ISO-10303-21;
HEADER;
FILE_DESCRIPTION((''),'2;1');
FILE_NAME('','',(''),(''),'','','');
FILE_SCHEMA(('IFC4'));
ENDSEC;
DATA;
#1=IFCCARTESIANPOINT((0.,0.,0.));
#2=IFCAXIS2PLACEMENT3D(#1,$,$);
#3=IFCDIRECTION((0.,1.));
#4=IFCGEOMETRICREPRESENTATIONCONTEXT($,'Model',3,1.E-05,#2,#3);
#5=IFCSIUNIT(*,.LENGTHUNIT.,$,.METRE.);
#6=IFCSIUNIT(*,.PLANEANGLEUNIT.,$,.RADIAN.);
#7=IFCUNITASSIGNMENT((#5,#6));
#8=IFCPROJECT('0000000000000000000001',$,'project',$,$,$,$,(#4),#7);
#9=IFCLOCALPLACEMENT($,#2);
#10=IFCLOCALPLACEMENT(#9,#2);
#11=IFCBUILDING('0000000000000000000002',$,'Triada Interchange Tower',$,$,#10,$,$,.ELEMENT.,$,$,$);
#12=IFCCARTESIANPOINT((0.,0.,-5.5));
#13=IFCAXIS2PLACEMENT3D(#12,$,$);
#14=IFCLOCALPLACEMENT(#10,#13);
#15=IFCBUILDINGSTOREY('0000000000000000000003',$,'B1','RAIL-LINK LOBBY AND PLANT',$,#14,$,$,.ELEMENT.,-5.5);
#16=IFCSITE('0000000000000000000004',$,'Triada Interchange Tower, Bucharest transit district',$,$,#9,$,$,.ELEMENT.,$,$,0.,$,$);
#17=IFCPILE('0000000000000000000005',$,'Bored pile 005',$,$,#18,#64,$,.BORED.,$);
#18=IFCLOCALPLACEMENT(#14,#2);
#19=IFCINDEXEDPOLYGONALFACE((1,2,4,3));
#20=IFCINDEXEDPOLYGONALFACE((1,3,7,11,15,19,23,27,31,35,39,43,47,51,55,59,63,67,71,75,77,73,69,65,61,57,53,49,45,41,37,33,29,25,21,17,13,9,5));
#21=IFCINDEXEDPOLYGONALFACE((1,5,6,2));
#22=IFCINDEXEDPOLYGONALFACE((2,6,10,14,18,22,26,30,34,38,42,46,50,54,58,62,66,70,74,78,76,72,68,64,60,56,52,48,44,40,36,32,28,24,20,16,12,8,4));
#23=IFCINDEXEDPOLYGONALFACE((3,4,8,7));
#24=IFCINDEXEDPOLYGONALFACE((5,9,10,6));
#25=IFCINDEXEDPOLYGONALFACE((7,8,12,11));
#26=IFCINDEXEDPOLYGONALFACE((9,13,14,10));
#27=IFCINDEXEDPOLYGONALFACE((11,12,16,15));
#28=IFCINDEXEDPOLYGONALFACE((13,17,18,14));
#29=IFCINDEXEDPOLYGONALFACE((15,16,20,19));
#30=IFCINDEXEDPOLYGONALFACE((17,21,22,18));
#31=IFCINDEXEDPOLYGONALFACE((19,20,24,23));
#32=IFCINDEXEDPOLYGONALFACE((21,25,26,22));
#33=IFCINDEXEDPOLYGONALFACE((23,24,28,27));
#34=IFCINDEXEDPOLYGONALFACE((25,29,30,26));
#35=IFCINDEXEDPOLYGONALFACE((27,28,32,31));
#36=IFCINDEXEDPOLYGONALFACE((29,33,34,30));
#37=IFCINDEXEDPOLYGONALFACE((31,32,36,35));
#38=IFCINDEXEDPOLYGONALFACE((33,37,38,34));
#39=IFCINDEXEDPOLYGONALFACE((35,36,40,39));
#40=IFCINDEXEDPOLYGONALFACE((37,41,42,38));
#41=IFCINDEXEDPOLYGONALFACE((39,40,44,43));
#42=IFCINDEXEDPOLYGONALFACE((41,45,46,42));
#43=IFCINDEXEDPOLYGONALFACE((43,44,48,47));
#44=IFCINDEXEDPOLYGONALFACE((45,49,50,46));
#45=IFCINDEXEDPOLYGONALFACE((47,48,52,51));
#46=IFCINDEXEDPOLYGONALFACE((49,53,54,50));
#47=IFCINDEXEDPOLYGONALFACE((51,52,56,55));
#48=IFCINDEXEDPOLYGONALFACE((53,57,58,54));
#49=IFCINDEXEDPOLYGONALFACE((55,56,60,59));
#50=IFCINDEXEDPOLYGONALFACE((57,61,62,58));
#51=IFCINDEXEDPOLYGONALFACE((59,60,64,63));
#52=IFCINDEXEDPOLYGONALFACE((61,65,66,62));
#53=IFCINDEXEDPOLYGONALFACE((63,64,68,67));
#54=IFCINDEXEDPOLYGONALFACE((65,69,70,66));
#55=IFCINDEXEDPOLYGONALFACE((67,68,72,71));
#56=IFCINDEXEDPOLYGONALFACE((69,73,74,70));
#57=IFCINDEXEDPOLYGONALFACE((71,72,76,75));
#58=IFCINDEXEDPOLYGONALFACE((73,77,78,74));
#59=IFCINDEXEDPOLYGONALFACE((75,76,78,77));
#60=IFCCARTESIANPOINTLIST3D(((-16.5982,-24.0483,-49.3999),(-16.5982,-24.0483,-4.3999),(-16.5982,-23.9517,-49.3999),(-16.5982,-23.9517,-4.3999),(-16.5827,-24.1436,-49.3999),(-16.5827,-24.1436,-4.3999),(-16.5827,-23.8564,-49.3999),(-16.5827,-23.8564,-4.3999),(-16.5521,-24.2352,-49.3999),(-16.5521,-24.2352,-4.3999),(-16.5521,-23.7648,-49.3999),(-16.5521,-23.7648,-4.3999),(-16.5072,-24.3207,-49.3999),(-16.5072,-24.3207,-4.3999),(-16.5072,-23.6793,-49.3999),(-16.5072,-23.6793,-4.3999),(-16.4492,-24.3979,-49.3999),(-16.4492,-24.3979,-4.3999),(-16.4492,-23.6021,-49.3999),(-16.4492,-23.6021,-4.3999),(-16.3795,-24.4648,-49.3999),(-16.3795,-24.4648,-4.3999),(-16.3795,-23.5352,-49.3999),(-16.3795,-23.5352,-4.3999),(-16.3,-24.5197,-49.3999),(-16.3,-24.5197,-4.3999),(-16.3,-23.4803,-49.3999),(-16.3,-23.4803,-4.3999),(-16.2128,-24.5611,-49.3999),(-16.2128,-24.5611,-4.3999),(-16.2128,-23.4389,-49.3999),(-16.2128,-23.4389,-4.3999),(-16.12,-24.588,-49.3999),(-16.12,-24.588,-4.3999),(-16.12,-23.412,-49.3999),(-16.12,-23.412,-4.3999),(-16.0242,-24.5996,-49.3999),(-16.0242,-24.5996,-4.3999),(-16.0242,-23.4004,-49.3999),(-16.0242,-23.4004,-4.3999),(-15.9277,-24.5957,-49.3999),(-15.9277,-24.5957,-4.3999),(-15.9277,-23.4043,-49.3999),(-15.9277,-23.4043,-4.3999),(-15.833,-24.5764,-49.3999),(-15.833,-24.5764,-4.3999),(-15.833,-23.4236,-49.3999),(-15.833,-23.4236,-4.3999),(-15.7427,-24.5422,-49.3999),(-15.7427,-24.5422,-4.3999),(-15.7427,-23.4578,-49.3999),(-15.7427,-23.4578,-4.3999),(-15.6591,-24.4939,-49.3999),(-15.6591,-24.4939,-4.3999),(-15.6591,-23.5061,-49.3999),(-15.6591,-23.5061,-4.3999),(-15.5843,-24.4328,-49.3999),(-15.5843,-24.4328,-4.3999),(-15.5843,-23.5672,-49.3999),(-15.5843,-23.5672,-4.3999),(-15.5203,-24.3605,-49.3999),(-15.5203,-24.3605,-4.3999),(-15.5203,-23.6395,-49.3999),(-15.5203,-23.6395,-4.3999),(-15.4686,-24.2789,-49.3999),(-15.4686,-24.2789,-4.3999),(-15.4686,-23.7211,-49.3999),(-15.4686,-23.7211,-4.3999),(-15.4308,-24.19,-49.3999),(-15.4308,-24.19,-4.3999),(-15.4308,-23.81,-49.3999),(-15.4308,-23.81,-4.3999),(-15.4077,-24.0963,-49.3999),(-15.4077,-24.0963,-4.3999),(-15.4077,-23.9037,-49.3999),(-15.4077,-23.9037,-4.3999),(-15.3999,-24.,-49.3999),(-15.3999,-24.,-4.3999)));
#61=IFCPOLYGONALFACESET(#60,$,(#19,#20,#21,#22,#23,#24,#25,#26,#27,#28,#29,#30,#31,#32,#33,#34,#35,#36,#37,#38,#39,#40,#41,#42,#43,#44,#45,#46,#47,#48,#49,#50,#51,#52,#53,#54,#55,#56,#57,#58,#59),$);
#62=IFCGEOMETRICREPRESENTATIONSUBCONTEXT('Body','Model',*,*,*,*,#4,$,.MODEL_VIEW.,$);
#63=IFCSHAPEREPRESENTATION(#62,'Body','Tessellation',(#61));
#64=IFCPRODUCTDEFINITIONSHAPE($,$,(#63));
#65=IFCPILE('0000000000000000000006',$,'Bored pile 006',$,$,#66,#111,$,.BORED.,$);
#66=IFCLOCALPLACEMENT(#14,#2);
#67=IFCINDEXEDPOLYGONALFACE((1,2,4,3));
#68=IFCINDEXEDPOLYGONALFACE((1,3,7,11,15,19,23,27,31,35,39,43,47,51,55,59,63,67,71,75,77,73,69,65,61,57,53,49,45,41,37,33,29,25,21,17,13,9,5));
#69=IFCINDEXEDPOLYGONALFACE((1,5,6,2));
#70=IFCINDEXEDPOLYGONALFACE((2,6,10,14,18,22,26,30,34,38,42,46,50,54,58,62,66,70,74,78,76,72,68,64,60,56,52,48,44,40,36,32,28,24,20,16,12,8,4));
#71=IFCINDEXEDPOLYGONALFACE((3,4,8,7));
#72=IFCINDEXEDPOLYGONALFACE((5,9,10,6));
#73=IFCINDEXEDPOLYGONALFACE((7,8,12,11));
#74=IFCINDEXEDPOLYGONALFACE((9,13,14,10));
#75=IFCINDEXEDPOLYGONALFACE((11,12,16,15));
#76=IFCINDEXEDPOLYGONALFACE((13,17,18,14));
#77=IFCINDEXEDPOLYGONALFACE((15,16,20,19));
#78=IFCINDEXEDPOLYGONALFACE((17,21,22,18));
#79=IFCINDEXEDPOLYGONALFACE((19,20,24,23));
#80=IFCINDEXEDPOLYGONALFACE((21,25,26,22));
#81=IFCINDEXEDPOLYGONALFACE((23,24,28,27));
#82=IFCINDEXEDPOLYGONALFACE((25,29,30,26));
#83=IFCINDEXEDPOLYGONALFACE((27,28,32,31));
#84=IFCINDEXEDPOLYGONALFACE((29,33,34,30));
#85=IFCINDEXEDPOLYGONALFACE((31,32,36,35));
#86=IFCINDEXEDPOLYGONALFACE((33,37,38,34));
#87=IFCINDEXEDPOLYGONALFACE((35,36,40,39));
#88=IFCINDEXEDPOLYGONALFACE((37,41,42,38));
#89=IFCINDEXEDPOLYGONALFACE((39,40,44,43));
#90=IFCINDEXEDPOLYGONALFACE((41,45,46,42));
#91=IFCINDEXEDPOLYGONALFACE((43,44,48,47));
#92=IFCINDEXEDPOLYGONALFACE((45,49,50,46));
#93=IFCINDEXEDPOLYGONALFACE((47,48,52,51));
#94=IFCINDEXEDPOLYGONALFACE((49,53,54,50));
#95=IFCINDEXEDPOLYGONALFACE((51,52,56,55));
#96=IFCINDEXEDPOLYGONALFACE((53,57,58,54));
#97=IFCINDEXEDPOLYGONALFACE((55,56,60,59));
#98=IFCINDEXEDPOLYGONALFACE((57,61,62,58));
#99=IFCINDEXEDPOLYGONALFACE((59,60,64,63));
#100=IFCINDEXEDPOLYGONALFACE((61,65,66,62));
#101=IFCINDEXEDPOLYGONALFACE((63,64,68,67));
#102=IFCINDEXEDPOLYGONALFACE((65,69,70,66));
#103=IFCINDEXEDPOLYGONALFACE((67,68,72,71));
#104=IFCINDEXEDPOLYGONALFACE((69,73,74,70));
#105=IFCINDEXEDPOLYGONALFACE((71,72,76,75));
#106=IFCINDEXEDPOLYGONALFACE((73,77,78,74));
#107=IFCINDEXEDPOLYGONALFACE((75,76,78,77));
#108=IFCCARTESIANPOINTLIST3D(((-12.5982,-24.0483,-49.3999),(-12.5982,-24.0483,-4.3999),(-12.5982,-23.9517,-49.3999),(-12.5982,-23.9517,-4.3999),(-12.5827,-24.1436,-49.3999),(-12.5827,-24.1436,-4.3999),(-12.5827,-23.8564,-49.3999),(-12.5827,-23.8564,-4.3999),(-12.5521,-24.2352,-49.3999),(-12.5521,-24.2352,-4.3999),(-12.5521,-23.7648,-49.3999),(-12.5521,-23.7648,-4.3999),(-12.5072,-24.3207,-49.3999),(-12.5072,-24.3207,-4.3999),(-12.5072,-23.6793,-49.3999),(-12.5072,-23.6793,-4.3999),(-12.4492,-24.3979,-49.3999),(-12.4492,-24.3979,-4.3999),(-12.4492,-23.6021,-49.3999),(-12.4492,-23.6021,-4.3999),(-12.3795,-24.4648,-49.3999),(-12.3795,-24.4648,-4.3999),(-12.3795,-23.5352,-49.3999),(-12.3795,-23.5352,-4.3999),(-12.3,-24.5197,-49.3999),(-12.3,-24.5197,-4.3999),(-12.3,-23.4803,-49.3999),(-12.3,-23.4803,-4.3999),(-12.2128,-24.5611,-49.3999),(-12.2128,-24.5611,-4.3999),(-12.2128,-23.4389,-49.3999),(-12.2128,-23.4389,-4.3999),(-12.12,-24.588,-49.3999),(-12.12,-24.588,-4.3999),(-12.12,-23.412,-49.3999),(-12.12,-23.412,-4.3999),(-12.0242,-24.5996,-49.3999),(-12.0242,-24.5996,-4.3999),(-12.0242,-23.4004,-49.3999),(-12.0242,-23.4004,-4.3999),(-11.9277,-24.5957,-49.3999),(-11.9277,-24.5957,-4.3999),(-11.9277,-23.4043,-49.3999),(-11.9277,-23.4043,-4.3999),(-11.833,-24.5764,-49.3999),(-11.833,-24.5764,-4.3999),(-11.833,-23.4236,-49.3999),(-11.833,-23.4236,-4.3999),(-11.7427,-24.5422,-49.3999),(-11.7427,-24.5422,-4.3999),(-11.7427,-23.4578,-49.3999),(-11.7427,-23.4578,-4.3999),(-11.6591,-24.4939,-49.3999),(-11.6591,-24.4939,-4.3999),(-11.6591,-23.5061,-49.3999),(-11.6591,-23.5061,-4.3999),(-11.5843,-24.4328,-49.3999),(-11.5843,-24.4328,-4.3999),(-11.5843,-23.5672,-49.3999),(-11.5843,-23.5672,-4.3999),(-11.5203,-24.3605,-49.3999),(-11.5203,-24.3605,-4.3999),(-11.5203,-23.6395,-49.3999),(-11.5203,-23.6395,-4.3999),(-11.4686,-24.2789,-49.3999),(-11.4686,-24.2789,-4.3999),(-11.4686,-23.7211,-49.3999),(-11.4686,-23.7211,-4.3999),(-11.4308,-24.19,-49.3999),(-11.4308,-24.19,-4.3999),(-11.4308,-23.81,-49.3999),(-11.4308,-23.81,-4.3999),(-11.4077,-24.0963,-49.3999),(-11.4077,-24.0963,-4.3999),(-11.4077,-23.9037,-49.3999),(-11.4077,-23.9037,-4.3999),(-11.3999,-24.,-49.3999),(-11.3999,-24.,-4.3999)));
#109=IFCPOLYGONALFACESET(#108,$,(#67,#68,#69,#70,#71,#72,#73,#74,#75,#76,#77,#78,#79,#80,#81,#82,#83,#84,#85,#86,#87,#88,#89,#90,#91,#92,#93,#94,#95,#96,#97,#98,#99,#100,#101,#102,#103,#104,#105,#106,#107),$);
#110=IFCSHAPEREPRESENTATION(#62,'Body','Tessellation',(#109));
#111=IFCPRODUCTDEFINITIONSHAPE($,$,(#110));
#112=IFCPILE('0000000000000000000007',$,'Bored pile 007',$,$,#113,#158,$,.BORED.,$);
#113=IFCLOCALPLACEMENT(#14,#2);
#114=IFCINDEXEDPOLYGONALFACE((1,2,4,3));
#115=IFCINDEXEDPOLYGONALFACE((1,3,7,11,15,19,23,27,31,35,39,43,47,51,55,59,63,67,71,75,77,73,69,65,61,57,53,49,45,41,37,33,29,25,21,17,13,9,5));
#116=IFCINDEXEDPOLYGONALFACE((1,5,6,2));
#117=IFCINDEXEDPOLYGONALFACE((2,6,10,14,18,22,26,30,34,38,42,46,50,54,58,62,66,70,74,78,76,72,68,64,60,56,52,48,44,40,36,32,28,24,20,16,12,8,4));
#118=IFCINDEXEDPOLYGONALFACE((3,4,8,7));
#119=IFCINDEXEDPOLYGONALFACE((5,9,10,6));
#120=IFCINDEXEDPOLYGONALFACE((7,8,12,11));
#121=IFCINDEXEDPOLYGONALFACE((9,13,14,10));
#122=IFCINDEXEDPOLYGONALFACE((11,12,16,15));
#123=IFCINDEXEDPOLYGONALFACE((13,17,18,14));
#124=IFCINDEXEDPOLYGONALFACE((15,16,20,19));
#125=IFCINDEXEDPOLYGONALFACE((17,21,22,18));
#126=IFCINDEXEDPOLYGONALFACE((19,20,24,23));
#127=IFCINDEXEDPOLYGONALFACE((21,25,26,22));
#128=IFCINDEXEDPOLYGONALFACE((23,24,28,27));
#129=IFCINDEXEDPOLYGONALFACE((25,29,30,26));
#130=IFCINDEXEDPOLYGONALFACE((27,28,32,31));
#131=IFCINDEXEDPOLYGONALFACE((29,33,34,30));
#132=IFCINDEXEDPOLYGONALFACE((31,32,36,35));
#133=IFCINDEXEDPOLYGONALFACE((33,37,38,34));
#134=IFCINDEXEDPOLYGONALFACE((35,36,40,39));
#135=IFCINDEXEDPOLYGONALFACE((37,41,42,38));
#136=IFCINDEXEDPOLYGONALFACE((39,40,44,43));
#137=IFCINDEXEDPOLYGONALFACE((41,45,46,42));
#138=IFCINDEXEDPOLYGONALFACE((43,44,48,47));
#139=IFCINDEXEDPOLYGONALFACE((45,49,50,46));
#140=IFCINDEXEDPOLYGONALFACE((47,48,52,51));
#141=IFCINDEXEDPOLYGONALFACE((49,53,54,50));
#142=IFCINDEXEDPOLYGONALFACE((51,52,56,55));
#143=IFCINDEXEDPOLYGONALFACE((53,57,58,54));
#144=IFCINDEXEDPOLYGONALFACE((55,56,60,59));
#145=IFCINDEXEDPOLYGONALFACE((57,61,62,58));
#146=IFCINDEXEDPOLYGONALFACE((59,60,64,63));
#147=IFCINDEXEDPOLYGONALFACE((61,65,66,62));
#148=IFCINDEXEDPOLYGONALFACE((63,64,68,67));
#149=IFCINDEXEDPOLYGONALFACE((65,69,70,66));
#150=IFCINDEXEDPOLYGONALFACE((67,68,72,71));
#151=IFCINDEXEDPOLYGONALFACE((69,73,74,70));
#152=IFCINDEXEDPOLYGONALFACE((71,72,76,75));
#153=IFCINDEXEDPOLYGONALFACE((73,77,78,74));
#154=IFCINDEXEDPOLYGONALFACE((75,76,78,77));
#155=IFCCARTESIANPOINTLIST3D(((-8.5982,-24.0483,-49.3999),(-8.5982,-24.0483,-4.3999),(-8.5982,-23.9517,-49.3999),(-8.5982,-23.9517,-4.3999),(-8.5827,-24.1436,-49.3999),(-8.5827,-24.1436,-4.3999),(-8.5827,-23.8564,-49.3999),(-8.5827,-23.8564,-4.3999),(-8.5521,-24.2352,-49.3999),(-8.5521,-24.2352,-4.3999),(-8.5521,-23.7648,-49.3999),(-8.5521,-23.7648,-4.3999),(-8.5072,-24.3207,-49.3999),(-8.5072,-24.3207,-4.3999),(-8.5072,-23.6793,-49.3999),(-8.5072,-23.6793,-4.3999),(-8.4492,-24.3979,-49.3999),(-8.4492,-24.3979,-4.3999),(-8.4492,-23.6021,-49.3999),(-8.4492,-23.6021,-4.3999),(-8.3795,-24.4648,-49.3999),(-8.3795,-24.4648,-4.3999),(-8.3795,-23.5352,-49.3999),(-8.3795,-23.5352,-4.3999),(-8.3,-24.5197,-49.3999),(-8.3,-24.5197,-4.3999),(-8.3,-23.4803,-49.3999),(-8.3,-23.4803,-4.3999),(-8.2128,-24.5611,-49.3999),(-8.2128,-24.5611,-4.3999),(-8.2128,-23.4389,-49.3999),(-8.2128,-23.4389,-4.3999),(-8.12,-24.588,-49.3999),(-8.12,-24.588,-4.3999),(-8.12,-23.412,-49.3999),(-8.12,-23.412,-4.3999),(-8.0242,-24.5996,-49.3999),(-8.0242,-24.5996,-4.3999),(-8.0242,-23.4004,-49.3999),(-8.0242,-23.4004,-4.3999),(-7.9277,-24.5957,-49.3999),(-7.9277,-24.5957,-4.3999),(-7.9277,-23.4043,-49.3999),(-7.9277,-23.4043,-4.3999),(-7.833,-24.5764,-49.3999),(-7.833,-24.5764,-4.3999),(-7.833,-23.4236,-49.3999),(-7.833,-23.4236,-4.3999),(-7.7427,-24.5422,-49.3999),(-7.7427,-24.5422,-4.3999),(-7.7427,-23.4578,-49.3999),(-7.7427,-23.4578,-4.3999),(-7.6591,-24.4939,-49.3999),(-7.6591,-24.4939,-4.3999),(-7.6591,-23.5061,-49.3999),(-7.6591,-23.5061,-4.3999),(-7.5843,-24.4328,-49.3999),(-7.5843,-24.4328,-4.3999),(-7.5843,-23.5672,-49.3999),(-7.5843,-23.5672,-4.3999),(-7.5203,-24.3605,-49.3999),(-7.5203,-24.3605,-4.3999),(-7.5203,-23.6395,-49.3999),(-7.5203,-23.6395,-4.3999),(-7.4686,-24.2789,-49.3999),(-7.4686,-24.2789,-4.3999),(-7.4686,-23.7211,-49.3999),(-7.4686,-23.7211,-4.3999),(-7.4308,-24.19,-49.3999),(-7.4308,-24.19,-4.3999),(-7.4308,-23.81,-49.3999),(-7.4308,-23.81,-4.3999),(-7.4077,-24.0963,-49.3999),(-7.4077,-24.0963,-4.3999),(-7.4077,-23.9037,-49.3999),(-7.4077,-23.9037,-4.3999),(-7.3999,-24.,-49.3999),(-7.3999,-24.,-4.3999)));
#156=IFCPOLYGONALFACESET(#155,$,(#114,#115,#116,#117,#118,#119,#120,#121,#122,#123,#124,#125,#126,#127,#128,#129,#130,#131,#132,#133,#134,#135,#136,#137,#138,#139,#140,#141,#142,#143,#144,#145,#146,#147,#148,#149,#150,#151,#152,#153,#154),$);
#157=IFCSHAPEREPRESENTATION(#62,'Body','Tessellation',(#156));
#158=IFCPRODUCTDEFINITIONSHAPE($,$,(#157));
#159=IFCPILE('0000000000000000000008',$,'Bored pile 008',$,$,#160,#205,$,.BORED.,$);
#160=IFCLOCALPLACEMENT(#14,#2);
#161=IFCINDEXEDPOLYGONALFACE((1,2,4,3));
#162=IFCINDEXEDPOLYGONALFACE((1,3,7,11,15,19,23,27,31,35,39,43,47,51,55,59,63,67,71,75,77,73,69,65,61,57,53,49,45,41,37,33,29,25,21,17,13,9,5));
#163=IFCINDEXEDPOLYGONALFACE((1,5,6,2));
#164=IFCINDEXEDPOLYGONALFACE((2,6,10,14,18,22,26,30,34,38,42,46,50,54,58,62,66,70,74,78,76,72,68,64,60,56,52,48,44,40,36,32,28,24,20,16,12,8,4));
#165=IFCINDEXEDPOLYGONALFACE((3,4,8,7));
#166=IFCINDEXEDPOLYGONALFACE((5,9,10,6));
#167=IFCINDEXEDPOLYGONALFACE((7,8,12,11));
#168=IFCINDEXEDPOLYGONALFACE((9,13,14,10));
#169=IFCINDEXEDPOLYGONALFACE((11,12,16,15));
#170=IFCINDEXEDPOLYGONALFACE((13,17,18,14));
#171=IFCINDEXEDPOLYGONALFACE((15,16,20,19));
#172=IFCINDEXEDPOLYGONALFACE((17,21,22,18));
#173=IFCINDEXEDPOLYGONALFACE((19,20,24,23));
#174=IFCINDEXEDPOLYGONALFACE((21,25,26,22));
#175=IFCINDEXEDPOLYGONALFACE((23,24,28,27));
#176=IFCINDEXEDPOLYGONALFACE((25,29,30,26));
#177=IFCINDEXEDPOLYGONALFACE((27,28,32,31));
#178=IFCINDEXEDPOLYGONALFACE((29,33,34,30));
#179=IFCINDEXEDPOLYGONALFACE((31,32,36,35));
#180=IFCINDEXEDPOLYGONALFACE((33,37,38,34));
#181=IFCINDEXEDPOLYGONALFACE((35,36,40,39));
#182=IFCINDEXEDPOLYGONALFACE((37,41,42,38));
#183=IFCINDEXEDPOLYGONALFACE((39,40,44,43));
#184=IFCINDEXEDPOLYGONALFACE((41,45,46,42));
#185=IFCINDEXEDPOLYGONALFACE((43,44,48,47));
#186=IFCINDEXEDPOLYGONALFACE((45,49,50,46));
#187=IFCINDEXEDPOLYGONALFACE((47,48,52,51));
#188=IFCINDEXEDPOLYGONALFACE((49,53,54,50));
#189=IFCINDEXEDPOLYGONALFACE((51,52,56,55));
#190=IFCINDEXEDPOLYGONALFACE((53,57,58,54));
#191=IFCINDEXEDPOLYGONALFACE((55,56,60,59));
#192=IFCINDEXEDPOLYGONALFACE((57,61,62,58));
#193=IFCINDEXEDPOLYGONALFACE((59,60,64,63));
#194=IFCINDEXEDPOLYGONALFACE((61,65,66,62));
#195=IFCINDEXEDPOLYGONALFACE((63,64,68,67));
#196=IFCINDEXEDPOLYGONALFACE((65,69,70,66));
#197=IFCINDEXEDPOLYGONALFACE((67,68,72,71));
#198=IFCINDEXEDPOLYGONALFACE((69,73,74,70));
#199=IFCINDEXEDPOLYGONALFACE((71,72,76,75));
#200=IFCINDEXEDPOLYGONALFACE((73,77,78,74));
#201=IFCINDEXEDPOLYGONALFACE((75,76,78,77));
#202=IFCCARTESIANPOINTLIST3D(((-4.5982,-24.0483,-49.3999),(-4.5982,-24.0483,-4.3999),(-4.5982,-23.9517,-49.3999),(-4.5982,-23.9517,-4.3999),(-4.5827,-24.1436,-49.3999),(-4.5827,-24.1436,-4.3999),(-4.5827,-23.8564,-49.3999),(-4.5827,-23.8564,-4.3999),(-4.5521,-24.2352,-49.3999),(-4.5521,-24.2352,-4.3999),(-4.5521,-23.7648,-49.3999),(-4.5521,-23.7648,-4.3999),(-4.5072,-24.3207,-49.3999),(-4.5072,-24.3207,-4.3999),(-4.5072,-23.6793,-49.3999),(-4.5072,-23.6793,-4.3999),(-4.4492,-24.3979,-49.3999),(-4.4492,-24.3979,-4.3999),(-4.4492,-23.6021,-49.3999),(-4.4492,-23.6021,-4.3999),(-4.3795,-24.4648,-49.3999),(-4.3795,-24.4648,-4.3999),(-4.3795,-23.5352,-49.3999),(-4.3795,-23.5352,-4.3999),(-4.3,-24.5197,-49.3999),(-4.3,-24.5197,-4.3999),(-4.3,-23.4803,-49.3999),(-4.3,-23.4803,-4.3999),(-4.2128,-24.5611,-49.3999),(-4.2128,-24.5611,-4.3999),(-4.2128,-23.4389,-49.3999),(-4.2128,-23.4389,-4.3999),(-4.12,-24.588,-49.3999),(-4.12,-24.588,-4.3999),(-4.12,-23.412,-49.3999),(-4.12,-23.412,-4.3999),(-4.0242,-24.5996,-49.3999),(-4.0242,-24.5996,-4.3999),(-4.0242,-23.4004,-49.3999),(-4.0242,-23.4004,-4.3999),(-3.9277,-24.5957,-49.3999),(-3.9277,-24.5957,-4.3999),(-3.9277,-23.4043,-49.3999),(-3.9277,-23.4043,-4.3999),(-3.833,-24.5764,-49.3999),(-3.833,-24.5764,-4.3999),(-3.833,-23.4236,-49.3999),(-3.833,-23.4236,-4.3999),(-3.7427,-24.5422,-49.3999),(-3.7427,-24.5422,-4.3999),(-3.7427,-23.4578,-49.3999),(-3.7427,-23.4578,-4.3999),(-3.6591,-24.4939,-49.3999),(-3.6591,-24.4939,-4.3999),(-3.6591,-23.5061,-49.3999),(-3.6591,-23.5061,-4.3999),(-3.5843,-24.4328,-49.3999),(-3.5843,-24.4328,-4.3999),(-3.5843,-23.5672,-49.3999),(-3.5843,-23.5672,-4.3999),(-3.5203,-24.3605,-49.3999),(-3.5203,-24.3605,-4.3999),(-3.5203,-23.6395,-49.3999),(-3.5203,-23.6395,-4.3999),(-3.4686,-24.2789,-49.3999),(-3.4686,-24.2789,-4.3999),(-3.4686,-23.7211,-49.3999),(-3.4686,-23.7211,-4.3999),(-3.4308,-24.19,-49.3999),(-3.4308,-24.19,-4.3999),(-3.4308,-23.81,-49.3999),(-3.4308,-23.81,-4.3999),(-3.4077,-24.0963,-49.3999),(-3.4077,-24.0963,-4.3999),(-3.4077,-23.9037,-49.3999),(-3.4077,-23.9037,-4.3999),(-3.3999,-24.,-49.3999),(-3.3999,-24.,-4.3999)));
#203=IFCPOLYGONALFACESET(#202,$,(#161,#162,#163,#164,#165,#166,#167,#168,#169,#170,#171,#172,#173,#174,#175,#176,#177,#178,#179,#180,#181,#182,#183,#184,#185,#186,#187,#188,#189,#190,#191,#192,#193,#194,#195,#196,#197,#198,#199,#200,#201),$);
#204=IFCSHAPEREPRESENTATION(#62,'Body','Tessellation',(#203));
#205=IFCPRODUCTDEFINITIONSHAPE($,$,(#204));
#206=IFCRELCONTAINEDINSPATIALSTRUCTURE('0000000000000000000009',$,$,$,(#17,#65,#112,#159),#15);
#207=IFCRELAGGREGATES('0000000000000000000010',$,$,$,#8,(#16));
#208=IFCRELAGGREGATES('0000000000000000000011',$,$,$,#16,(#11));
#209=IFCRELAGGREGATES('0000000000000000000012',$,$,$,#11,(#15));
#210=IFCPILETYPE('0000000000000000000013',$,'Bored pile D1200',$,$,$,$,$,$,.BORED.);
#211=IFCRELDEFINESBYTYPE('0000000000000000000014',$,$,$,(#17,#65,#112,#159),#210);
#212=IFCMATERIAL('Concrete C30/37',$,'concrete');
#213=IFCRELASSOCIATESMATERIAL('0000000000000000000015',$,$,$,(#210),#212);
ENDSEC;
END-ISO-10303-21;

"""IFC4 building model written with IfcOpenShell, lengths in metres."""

from ifc_helpers import new_model, si_unit, direction, frame, origin, origin_2d, place, context, subcontext, project, spatial, circle, extrude, material, material_profile, profile_set, type_object, element, save


model = new_model("IFC4")

# Units and contexts
model_context = context("Model", 3, precision=1e-05, world=origin(), true_north=direction((0.0, 1.0)))
body_context = subcontext(model_context, "Body", "Model", "MODEL_VIEW")
ifc_project = project(units=[si_unit("LENGTHUNIT", "METRE"), si_unit("PLANEANGLEUNIT", "RADIAN")], contexts=[model_context])

# Site, building, storey
site_placement = place(None, origin())
site = spatial("IfcSite", under=ifc_project, at=site_placement, Name="Triada Interchange Tower, Bucharest transit district", CompositionType="ELEMENT", RefElevation=0.0)
building_placement = place(site_placement, origin())
building = spatial("IfcBuilding", under=site, at=building_placement, Name="Triada Interchange Tower", CompositionType="ELEMENT")
storey_placement = place(building_placement, frame((0.0, 0.0, -5.5)))
storey = spatial("IfcBuildingStorey", under=building, at=storey_placement, Name="B1", Description="RAIL-LINK LOBBY AND PLANT", CompositionType="ELEMENT", Elevation=-5.5)

# Piles
ifc_material_1 = material(Name="Concrete C30/37", Category="concrete")
ifc_material_profile_1 = material_profile(ifc_material_1, circle(Radius=0.6001, at=origin_2d()), Name="RC D1200")
ifc_profile_set_1 = profile_set([ifc_material_profile_1], Name="Concrete C30/37")
pile_type = type_object("IfcPileType", Name="Bored pile D1200", PredefinedType="BORED", material=ifc_profile_set_1)
for number, where, z_axis, x_axis, name in (
    (1, (-16.0, -24.0, -4.3999), (0.0, 0.0, -1.0), (1.0, 0.0, 0.0), "Bored pile 005"),
    (2, (-12.0, -24.0, -4.3999), (0.0, 0.0, -1.0), (1.0, 0.0, 0.0), "Bored pile 006"),
    (3, (-8.0, -24.0, -4.3999), (0.0, 0.0, -1.0), (1.0, 0.0, 0.0), "Bored pile 007"),
    (4, (-4.0, -24.0, -4.3999), (0.0, 0.0, -1.0), (1.0, 0.0, 0.0), "Bored pile 008"),
):
    element("IfcPile", number, at=place(storey_placement, frame(where, z_axis=z_axis, x_axis=x_axis)), inside=storey, type_object=pile_type, Name=name, PredefinedType="BORED", context=body_context, shape_type="SweptSolid", body=[
        extrude(circle(Radius=0.6001, at=origin_2d()), origin(), (0.0, 0.0, 1.0), 45.0),
    ])

save(model, "model.ifc")
